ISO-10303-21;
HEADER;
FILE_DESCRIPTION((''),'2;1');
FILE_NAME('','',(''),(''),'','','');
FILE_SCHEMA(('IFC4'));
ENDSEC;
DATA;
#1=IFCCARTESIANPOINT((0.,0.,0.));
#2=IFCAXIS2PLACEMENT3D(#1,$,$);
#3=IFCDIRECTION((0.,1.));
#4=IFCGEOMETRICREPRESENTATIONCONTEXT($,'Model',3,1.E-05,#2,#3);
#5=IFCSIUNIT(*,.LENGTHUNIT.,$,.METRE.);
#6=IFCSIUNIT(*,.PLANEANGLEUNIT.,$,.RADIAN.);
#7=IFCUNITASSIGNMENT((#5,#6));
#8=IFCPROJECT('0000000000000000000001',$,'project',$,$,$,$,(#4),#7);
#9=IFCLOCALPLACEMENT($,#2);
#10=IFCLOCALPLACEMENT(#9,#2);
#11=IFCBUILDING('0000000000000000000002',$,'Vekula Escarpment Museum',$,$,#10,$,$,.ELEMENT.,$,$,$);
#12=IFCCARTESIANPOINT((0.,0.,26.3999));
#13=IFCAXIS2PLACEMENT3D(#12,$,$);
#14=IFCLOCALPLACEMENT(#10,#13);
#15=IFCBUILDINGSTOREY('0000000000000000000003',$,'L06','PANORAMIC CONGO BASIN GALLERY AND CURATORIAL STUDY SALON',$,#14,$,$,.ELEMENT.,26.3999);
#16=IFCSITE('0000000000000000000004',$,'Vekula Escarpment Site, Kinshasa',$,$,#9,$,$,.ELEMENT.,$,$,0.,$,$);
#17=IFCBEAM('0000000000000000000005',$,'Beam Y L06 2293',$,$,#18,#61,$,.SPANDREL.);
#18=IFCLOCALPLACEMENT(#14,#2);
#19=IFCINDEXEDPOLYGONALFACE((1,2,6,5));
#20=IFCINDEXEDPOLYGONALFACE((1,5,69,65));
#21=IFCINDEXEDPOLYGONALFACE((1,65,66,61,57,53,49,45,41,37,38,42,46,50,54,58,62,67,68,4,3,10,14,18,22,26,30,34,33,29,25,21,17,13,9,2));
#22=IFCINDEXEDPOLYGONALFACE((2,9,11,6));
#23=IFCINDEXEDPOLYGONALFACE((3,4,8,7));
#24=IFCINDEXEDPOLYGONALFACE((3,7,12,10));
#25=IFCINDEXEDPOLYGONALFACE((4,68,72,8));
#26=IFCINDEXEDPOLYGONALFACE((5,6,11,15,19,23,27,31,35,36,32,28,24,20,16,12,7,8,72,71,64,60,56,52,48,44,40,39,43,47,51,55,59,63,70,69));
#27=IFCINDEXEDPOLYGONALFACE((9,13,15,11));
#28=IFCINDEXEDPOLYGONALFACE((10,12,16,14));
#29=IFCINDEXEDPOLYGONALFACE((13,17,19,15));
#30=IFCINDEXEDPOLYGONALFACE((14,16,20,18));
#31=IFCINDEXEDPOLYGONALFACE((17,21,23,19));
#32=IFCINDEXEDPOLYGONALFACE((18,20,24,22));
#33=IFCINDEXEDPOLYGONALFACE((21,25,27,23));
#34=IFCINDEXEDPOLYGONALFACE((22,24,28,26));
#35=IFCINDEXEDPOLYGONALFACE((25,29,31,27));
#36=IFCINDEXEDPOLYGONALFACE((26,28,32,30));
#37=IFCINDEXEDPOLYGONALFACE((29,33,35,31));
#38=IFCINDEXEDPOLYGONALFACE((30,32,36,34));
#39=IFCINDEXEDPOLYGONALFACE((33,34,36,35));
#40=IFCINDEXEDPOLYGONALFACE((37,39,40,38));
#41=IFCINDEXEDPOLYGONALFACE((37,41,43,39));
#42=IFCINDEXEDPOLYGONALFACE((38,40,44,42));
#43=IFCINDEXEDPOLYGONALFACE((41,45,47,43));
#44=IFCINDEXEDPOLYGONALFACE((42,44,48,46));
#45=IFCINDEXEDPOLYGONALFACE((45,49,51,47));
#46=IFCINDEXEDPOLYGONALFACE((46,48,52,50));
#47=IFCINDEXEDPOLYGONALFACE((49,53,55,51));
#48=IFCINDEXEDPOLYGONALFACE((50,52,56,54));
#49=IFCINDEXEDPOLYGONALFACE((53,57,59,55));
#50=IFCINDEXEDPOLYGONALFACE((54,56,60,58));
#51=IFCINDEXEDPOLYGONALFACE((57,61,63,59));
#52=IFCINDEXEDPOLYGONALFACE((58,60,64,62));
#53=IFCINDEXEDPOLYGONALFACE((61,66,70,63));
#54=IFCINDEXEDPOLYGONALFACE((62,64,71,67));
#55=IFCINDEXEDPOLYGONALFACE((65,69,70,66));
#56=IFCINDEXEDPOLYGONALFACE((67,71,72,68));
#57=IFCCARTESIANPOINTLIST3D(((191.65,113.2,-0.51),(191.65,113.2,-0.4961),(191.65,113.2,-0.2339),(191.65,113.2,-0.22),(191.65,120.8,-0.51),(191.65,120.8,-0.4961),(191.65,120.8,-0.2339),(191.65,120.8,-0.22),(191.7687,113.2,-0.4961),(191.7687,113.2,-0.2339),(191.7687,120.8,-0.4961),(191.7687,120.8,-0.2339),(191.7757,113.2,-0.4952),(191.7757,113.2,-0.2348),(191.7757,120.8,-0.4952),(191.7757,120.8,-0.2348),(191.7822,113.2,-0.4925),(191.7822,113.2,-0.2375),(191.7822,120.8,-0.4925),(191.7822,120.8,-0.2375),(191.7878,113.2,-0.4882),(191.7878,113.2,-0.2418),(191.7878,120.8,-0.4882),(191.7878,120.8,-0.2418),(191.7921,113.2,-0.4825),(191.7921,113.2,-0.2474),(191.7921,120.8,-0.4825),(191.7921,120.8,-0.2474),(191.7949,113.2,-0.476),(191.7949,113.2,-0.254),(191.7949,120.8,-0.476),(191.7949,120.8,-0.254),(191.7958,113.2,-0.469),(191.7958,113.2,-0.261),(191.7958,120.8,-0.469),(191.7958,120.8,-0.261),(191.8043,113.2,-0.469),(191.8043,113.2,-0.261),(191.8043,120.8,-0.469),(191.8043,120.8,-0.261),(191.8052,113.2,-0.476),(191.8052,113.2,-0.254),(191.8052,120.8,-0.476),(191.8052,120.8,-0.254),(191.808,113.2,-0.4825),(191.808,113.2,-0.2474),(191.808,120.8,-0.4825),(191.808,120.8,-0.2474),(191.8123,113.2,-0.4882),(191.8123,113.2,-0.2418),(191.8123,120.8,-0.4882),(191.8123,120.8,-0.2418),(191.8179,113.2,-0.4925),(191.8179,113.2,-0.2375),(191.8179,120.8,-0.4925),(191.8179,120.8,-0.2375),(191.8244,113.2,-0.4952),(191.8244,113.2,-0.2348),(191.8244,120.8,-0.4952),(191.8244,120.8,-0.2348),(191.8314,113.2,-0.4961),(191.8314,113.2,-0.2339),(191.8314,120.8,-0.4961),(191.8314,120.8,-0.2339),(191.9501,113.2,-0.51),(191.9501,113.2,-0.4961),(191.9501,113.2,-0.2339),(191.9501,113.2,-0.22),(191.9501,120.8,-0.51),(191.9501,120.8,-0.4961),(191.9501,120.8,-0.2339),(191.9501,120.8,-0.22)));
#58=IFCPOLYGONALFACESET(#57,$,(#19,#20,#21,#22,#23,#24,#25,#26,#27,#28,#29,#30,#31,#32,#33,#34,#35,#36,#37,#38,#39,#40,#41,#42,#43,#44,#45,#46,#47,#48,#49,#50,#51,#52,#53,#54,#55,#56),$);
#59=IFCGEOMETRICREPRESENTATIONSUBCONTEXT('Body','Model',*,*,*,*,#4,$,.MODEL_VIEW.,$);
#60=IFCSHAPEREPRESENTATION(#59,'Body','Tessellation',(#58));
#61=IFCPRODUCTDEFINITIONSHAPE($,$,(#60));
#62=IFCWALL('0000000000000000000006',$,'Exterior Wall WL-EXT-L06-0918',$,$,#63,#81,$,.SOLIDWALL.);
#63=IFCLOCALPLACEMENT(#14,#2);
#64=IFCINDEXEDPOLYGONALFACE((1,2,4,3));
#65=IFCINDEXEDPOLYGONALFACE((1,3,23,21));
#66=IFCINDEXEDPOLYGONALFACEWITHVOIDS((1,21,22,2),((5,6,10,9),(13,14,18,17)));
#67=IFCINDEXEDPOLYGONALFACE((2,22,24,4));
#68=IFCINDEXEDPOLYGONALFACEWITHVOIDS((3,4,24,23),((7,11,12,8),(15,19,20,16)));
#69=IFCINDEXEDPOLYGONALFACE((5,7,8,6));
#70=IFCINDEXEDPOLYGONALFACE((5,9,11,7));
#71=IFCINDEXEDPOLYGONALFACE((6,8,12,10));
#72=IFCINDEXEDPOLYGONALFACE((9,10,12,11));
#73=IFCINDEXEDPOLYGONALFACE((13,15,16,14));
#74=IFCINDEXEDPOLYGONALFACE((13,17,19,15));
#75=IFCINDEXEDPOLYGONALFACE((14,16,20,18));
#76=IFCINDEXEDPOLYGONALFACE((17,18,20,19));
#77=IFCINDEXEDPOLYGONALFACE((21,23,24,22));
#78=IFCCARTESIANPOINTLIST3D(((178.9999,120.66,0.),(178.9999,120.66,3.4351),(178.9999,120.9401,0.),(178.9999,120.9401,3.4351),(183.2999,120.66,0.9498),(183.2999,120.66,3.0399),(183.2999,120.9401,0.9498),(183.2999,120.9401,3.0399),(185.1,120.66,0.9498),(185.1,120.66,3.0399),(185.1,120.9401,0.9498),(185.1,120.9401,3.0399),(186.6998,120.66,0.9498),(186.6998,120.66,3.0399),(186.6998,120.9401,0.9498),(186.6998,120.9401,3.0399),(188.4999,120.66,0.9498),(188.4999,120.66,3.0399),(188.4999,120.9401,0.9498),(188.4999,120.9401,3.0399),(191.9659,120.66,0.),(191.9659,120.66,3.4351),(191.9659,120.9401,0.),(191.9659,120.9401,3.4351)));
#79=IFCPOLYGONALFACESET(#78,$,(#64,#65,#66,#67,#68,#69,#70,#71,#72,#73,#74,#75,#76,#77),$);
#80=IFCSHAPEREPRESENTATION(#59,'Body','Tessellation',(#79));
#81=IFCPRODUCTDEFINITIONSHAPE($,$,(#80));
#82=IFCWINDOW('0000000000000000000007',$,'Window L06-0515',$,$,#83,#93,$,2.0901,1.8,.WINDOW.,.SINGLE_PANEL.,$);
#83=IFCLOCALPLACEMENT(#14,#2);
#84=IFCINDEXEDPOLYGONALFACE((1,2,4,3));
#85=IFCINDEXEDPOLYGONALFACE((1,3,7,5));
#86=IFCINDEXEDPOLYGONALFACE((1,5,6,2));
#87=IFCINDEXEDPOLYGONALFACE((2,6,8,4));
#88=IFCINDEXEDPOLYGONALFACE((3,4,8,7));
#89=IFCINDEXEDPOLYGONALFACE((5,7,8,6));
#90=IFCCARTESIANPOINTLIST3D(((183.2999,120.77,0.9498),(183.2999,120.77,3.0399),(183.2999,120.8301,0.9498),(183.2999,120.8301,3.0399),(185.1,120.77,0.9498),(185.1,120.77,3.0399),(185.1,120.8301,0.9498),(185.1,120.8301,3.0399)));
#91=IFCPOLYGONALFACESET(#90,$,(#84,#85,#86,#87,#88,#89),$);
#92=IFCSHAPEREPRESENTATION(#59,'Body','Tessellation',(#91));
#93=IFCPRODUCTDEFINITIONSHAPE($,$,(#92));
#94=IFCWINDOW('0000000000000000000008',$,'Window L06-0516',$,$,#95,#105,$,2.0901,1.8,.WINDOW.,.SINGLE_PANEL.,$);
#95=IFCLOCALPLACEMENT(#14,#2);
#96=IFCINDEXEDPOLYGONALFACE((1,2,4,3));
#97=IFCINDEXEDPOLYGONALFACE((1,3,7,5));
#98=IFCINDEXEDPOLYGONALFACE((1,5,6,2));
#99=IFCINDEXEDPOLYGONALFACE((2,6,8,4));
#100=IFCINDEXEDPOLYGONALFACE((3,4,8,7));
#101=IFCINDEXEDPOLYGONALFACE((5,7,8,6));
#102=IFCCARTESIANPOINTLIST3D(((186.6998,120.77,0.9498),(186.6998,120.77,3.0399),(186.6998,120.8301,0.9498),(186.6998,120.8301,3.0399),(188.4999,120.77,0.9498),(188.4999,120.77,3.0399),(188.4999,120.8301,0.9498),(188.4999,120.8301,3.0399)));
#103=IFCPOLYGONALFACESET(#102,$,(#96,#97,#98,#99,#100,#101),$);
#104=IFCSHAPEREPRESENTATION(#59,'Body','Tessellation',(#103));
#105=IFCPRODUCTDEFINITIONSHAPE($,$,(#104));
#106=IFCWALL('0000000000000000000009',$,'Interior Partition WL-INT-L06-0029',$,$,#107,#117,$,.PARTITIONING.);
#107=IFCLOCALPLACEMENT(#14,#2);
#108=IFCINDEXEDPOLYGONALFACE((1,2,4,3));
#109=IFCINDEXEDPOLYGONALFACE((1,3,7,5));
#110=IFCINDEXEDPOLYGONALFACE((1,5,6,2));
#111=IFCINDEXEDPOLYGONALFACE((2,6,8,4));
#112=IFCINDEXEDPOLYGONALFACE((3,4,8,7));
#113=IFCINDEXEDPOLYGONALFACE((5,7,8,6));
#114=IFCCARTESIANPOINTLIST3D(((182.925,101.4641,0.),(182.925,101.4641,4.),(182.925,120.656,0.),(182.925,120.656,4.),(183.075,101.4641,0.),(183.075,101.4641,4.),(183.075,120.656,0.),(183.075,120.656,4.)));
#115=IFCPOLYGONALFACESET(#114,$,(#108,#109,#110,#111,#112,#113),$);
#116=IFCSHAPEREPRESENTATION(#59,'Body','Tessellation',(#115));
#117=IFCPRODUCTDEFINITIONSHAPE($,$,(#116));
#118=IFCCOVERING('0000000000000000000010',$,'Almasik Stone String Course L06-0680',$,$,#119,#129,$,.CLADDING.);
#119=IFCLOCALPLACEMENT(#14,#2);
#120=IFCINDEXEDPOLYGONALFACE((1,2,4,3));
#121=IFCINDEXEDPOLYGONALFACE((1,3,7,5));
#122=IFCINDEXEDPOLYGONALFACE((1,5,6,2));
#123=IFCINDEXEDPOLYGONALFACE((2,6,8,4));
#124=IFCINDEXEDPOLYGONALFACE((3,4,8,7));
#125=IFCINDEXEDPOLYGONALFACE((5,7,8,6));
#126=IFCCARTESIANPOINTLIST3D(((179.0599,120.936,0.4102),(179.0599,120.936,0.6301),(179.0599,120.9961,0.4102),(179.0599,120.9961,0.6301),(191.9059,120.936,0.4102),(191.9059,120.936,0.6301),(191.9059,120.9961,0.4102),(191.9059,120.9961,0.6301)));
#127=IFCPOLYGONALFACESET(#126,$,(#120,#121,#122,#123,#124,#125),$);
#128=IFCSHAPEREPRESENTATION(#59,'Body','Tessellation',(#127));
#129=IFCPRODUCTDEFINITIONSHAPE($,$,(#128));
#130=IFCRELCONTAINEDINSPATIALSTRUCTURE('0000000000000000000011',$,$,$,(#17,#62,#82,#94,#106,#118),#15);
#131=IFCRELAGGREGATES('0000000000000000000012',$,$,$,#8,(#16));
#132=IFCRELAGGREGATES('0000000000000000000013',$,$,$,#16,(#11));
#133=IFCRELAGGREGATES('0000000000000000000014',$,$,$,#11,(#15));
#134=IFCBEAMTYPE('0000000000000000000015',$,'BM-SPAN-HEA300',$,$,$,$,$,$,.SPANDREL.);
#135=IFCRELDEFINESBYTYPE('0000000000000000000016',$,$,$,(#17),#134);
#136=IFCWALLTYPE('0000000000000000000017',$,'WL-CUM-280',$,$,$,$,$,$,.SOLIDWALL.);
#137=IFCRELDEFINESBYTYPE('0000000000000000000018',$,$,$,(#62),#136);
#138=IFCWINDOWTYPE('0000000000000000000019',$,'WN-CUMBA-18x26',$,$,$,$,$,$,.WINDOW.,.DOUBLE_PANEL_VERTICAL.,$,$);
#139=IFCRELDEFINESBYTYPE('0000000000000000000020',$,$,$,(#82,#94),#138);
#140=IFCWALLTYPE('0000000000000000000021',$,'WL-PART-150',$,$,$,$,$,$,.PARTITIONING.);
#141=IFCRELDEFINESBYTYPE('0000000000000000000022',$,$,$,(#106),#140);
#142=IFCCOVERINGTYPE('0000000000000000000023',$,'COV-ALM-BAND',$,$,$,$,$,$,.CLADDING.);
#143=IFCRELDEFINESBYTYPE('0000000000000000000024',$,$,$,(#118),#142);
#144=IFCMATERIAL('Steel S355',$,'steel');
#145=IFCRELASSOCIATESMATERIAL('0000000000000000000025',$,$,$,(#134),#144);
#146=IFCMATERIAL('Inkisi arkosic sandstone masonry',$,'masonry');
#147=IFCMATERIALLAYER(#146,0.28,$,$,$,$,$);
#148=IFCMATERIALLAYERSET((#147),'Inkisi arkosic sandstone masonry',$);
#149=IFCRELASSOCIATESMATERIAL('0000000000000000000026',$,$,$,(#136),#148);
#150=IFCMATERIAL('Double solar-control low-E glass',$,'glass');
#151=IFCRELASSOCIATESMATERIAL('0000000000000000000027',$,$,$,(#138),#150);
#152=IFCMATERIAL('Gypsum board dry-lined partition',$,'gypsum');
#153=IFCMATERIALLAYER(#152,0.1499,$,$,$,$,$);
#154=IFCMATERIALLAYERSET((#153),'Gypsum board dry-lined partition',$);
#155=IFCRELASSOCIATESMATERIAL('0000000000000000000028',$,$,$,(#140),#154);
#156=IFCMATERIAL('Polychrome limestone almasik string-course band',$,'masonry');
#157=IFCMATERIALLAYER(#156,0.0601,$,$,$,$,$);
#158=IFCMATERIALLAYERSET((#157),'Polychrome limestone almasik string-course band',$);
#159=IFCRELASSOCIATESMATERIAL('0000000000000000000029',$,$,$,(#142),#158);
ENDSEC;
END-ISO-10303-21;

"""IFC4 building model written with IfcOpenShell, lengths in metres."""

from ifc_helpers import new_model, si_unit, direction, frame, frame_2d, origin, origin_2d, place, context, subcontext, project, spatial, rectangle, i_section, extrude, material, layer, layer_set, material_profile, profile_set, type_object, element, fill, save


model = new_model("IFC4")

# Units and contexts
model_context = context("Model", 3, precision=1e-05, world=origin(), true_north=direction((0.0, 1.0)))
body_context = subcontext(model_context, "Body", "Model", "MODEL_VIEW")
ifc_project = project(units=[si_unit("LENGTHUNIT", "METRE"), si_unit("PLANEANGLEUNIT", "RADIAN")], contexts=[model_context])

# Site, building, storey
site_placement = place(None, origin())
site = spatial("IfcSite", under=ifc_project, at=site_placement, Name="Vekula Escarpment Site, Kinshasa", CompositionType="ELEMENT", RefElevation=0.0)
building_placement = place(site_placement, origin())
building = spatial("IfcBuilding", under=site, at=building_placement, Name="Vekula Escarpment Museum", CompositionType="ELEMENT")
storey_placement = place(building_placement, frame((0.0, 0.0, 26.3999)))
storey = spatial("IfcBuildingStorey", under=building, at=storey_placement, Name="L06", Description="PANORAMIC CONGO BASIN GALLERY AND CURATORIAL STUDY SALON", CompositionType="ELEMENT", Elevation=26.3999)

# Beam
ifc_material_1 = material(Name="Steel S355", Category="steel")
ifc_material_profile_1 = material_profile(ifc_material_1, i_section(OverallWidth=0.3, OverallDepth=0.29, WebThickness=0.0085, FlangeThickness=0.0139, FilletRadius=0.0271, at=origin_2d()), Name="HEA 300")
ifc_profile_set_1 = profile_set([ifc_material_profile_1], Name="Steel S355")
beam_type_1 = type_object("IfcBeamType", Name="BM-SPAN-HEA300", PredefinedType="SPANDREL", material=ifc_profile_set_1)
beam_1_placement = place(storey_placement, frame((191.8, 113.2, -0.365), z_axis=(0.0, 1.0, 0.0), x_axis=(-1.0, 0.0, 0.0)))
element("IfcBeam", 1, at=beam_1_placement, inside=storey, type_object=beam_type_1, Name="Beam Y L06 2293", PredefinedType="SPANDREL", context=body_context, shape_type="SweptSolid", body=[
    extrude(i_section(OverallWidth=0.3, OverallDepth=0.29, WebThickness=0.0085, FlangeThickness=0.0139, FilletRadius=0.0271, at=origin_2d()), origin(), (0.0, 0.0, 1.0), 7.6001),
])

# Wall, openings, windows
ifc_material_2 = material(Name="Inkisi arkosic sandstone masonry", Category="masonry")
ifc_layer_1 = layer(ifc_material_2, 0.28)
ifc_layer_set_1 = layer_set([ifc_layer_1], Name="Inkisi arkosic sandstone masonry")
wall_type_1 = type_object("IfcWallType", Name="WL-CUM-280", PredefinedType="SOLIDWALL", material=ifc_layer_set_1)
wall_1_placement = place(storey_placement, frame((179.0, 120.8, 0.0), z_axis=(0.0, 0.0, 1.0), x_axis=(1.0, 0.0, 0.0)))
wall_1 = element("IfcWall", 2, at=wall_1_placement, inside=storey, type_object=wall_type_1, Name="Exterior Wall WL-EXT-L06-0918", PredefinedType="SOLIDWALL", context=body_context, shape_type="SweptSolid", body=[
    extrude(rectangle(XDim=12.9661, YDim=0.28, at=frame_2d((6.4829, 0.0))), origin(), (0.0, 0.0, 1.0), 3.4351),
])
opening_1_placement = place(wall_1_placement, frame((4.3, 0.0, 0.95)))
opening_1 = element("IfcOpeningElement", 3, at=opening_1_placement, cuts=wall_1, PredefinedType="OPENING", context=body_context, shape_type="SweptSolid", body=[
    extrude(rectangle(XDim=1.8, YDim=2.0901, at=frame_2d((0.8999, 1.0449))), frame((0.0, 0.1499, 0.0), z_axis=(0.0, -1.0, 0.0), x_axis=(1.0, 0.0, 0.0)), (0.0, 0.0, 1.0), 0.3),
])
opening_2_placement = place(wall_1_placement, frame((7.7, 0.0, 0.95)))
opening_2 = element("IfcOpeningElement", 4, at=opening_2_placement, cuts=wall_1, PredefinedType="OPENING", context=body_context, shape_type="SweptSolid", body=[
    extrude(rectangle(XDim=1.8, YDim=2.0901, at=frame_2d((0.8999, 1.0449))), frame((0.0, 0.1499, 0.0), z_axis=(0.0, -1.0, 0.0), x_axis=(1.0, 0.0, 0.0)), (0.0, 0.0, 1.0), 0.3),
])
ifc_material_3 = material(Name="Double solar-control low-E glass", Category="glass")
window_type = type_object("IfcWindowType", Name="WN-CUMBA-18x26", PartitioningType="DOUBLE_PANEL_VERTICAL", PredefinedType="WINDOW", material=ifc_material_3)
window_1_placement = place(opening_1_placement, origin())
window_1 = element("IfcWindow", 5, at=window_1_placement, inside=storey, type_object=window_type, Name="Window L06-0515", OverallHeight=2.0901, OverallWidth=1.8, PartitioningType="SINGLE_PANEL", PredefinedType="WINDOW", context=body_context, shape_type="SweptSolid", body=[
    extrude(rectangle(XDim=1.8, YDim=2.0901, at=frame_2d((0.8999, 1.0449))), frame((0.0, 0.03, 0.0), z_axis=(0.0, -1.0, 0.0), x_axis=(1.0, 0.0, 0.0)), (0.0, 0.0, 1.0), 0.0601),
])
fill(opening_1, window_1)
window_2_placement = place(opening_2_placement, origin())
window_2 = element("IfcWindow", 6, at=window_2_placement, inside=storey, type_object=window_type, Name="Window L06-0516", OverallHeight=2.0901, OverallWidth=1.8, PartitioningType="SINGLE_PANEL", PredefinedType="WINDOW", context=body_context, shape_type="SweptSolid", body=[
    extrude(rectangle(XDim=1.8, YDim=2.0901, at=frame_2d((0.8999, 1.0449))), frame((0.0, 0.03, 0.0), z_axis=(0.0, -1.0, 0.0), x_axis=(1.0, 0.0, 0.0)), (0.0, 0.0, 1.0), 0.0601),
])
fill(opening_2, window_2)

# Wall
ifc_material_4 = material(Name="Gypsum board dry-lined partition", Category="gypsum")
ifc_layer_2 = layer(ifc_material_4, 0.1499)
ifc_layer_set_2 = layer_set([ifc_layer_2], Name="Gypsum board dry-lined partition")
wall_type_2 = type_object("IfcWallType", Name="WL-PART-150", PredefinedType="PARTITIONING", material=ifc_layer_set_2)
wall_2_placement = place(storey_placement, frame((183.0, 101.4641, 0.0), z_axis=(0.0, 0.0, 1.0), x_axis=(0.0, 1.0, 0.0)))
element("IfcWall", 7, at=wall_2_placement, inside=storey, type_object=wall_type_2, Name="Interior Partition WL-INT-L06-0029", PredefinedType="PARTITIONING", context=body_context, shape_type="SweptSolid", body=[
    extrude(rectangle(XDim=19.1919, YDim=0.1499, at=frame_2d((9.5959, 0.0))), origin(), (0.0, 0.0, 1.0), 4.0),
])

# Covering
ifc_material_5 = material(Name="Polychrome limestone almasik string-course band", Category="masonry")
ifc_layer_3 = layer(ifc_material_5, 0.0601)
ifc_layer_set_3 = layer_set([ifc_layer_3], Name="Polychrome limestone almasik string-course band")
covering_type = type_object("IfcCoveringType", Name="COV-ALM-BAND", PredefinedType="CLADDING", material=ifc_layer_set_3)
covering_placement = place(storey_placement, frame((185.4829, 120.9661, 0.4102), z_axis=(0.0, 0.0, 1.0), x_axis=(1.0, 0.0, 0.0)))
element("IfcCovering", 8, at=covering_placement, inside=storey, type_object=covering_type, Name="Almasik Stone String Course L06-0680", PredefinedType="CLADDING", context=body_context, shape_type="SweptSolid", body=[
    extrude(rectangle(XDim=12.8459, YDim=0.0601, at=origin_2d()), origin(), (0.0, 0.0, 1.0), 0.22),
])

save(model, "model.ifc")
